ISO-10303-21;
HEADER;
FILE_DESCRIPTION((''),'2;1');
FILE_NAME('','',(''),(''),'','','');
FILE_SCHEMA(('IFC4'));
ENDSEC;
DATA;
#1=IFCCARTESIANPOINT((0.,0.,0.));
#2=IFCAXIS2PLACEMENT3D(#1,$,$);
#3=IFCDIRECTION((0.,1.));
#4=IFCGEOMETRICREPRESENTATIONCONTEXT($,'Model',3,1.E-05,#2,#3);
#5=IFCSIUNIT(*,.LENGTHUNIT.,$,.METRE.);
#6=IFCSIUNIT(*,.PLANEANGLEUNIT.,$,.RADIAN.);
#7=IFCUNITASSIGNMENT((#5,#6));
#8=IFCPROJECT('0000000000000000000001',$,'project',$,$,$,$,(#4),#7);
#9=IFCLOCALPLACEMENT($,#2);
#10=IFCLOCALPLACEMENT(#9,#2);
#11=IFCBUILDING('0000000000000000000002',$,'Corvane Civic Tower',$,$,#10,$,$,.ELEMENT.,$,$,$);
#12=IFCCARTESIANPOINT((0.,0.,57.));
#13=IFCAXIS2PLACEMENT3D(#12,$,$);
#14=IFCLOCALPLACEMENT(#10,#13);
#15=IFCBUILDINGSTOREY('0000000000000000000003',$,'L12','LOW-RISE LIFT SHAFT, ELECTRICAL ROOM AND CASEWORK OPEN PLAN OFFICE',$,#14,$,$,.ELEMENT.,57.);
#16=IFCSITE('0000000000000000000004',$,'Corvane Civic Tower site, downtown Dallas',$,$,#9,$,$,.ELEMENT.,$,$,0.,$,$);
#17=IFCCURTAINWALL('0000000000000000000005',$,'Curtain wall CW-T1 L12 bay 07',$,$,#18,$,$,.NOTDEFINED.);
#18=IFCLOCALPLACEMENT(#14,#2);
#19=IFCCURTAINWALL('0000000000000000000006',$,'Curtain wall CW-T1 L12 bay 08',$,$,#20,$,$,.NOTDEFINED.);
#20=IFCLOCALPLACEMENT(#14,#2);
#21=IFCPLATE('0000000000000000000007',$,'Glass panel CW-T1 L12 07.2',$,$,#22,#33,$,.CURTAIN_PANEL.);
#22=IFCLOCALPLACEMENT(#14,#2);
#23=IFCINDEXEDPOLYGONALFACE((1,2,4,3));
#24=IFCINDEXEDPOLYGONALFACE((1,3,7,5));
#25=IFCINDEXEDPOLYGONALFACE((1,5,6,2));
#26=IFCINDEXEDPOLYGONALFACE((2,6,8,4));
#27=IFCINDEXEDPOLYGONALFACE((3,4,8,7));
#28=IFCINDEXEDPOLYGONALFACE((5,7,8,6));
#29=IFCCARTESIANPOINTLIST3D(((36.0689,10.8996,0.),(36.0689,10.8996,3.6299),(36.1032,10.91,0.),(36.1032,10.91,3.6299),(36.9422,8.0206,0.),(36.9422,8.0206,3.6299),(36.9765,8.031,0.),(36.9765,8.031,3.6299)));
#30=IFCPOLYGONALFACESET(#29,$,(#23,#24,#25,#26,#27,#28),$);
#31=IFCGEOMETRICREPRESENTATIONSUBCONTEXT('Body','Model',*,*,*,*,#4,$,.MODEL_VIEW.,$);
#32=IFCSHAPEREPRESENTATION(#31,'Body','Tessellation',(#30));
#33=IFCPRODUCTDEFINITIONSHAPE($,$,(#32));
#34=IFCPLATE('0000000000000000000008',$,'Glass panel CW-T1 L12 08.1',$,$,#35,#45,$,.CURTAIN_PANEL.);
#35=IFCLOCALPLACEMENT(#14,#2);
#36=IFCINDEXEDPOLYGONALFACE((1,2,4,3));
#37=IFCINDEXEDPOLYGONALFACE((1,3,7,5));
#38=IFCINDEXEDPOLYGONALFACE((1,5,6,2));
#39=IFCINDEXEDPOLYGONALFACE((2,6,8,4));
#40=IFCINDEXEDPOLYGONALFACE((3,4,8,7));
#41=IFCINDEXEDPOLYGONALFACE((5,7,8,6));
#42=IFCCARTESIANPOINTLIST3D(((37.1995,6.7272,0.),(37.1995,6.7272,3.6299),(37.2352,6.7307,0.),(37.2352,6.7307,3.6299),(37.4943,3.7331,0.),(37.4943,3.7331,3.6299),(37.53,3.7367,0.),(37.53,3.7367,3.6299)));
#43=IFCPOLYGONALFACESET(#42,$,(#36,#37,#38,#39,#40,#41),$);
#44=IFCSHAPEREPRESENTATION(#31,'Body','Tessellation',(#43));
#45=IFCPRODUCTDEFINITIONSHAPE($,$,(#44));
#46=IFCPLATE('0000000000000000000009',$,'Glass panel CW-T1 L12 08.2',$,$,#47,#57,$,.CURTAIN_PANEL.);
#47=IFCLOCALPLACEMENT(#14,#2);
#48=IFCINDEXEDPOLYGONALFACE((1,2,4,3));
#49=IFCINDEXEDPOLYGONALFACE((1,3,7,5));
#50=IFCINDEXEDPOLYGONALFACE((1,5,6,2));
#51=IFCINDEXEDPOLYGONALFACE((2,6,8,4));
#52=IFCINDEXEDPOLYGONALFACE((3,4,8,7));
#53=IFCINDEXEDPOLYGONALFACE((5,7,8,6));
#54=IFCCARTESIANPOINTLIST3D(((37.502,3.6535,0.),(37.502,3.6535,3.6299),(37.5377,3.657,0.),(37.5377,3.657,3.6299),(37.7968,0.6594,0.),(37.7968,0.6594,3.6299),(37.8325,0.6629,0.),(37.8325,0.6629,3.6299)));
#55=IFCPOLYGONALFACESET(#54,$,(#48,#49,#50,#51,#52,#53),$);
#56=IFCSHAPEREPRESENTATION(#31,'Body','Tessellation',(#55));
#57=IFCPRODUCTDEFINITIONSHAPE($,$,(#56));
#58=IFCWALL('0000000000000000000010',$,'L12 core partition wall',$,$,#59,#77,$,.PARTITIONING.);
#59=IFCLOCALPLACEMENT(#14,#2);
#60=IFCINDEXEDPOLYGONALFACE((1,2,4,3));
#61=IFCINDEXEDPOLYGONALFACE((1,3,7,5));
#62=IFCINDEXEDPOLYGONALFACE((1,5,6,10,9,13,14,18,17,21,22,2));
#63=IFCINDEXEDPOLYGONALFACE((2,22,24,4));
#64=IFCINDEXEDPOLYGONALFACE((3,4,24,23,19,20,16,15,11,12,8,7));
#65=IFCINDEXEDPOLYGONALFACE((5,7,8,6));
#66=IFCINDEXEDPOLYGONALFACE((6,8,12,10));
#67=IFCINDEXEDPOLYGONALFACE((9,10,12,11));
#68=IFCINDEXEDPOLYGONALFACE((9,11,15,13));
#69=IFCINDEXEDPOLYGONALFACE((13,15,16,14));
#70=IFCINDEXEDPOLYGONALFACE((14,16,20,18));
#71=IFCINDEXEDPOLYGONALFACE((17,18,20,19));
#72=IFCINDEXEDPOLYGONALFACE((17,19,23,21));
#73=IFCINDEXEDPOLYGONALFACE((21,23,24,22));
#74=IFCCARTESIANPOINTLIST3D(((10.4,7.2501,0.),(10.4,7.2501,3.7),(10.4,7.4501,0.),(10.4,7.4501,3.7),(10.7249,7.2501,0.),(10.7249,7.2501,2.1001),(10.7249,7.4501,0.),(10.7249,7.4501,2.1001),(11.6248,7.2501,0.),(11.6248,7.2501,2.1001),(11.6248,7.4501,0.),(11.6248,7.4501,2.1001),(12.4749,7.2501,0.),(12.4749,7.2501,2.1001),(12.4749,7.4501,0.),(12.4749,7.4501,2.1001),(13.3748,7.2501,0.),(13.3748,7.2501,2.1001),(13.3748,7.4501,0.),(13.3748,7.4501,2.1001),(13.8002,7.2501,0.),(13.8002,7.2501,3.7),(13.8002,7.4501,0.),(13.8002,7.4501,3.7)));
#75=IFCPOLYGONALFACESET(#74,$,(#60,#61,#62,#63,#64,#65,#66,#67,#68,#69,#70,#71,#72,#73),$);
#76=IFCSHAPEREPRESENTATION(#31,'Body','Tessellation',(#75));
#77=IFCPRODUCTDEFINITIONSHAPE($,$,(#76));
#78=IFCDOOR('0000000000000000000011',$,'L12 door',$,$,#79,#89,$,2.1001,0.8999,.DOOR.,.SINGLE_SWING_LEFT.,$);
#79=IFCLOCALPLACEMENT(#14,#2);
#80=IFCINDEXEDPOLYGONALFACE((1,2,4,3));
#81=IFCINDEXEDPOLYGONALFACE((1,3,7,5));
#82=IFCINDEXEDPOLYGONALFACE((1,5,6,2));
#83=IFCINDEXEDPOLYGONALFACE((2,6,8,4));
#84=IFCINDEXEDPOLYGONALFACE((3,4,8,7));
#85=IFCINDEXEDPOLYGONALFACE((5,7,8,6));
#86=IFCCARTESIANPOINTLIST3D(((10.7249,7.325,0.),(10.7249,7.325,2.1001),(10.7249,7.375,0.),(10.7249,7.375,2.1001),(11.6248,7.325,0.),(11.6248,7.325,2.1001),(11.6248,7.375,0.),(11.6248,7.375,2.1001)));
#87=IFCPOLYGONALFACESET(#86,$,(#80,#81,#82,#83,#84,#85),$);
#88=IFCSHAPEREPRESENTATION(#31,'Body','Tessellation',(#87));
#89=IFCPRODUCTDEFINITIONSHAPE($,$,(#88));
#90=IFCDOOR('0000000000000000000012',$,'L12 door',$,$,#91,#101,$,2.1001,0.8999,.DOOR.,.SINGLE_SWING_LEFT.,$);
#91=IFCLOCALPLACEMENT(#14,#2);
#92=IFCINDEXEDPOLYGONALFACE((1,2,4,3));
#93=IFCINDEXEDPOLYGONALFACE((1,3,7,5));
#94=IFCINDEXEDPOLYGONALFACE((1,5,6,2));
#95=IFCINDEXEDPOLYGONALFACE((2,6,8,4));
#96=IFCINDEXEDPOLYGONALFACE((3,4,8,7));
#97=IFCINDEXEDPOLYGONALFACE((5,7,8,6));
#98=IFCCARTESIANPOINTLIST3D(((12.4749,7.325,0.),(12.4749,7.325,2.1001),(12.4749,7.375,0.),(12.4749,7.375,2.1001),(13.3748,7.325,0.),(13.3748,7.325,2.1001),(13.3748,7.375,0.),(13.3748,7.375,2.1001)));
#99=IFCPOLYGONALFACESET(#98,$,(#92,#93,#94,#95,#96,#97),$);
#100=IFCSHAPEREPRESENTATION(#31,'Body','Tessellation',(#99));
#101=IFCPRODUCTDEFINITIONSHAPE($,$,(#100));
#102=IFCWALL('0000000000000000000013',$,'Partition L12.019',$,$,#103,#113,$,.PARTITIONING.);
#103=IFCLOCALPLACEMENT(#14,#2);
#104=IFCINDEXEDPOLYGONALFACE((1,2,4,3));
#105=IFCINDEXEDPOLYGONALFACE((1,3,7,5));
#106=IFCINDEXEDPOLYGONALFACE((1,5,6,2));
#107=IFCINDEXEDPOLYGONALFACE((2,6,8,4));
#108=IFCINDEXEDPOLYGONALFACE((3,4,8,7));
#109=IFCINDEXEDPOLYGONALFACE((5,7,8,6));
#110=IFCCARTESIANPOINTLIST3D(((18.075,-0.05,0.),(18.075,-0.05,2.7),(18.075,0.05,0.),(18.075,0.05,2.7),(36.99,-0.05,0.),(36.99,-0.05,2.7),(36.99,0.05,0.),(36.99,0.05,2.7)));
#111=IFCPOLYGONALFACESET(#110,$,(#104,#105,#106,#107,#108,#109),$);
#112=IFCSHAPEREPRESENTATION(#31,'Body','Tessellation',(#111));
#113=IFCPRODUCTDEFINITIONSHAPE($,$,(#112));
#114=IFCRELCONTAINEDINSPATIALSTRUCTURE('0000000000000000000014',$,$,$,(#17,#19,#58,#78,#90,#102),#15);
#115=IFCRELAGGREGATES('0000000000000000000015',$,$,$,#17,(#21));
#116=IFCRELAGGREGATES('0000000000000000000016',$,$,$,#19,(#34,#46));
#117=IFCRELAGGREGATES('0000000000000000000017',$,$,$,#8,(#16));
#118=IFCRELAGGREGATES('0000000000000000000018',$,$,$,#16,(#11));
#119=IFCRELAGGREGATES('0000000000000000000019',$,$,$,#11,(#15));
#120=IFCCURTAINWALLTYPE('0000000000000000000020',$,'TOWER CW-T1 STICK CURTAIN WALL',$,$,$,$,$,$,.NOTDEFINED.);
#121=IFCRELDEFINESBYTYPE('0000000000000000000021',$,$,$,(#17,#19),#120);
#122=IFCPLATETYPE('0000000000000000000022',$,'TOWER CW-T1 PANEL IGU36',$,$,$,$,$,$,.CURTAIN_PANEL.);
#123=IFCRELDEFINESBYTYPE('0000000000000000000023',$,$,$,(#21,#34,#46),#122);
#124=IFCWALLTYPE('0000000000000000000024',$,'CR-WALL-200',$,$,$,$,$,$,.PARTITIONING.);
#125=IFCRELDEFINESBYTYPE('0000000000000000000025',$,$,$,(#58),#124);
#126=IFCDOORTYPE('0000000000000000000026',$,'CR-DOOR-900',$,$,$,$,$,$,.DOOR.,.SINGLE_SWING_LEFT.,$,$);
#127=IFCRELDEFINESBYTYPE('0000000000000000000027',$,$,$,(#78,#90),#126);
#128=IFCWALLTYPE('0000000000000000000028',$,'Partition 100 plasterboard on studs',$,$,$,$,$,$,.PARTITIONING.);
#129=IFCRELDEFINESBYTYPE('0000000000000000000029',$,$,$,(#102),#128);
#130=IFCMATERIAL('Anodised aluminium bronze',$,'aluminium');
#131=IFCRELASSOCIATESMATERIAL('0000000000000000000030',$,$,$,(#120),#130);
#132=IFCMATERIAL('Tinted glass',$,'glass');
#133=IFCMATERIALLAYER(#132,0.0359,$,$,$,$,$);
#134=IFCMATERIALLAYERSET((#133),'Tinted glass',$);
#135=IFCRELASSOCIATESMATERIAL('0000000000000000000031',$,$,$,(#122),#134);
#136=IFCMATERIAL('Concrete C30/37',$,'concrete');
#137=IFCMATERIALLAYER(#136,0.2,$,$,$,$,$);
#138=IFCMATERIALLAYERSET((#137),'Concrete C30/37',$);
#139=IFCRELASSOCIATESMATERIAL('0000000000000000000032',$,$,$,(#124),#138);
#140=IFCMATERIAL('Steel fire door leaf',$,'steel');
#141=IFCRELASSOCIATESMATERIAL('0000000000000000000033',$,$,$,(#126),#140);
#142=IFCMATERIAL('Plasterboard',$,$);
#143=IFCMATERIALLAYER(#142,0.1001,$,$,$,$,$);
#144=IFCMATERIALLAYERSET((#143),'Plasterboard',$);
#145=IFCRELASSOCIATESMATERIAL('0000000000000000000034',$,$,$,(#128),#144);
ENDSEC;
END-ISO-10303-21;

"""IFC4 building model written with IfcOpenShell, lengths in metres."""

from ifc_helpers import new_model, si_unit, direction, frame, frame_2d, origin, origin_2d, place, context, subcontext, project, spatial, rectangle, extrude, material, layer, layer_set, type_object, element, fill, aggregate, save


model = new_model("IFC4")

# Units and contexts
model_context = context("Model", 3, precision=1e-05, world=origin(), true_north=direction((0.0, 1.0)))
body_context = subcontext(model_context, "Body", "Model", "MODEL_VIEW")
ifc_project = project(units=[si_unit("LENGTHUNIT", "METRE"), si_unit("PLANEANGLEUNIT", "RADIAN")], contexts=[model_context])

# Site, building, storey
site_placement = place(None, origin())
site = spatial("IfcSite", under=ifc_project, at=site_placement, Name="Corvane Civic Tower site, downtown Dallas", CompositionType="ELEMENT", RefElevation=0.0)
building_placement = place(site_placement, origin())
building = spatial("IfcBuilding", under=site, at=building_placement, Name="Corvane Civic Tower", CompositionType="ELEMENT")
storey_placement = place(building_placement, frame((0.0, 0.0, 57.0)))
storey = spatial("IfcBuildingStorey", under=building, at=storey_placement, Name="L12", Description="LOW-RISE LIFT SHAFT, ELECTRICAL ROOM AND CASEWORK OPEN PLAN OFFICE", CompositionType="ELEMENT", Elevation=57.0)

# Curtain walls
ifc_material_1 = material(Name="Anodised aluminium bronze", Category="aluminium")
curtain_wall_type = type_object("IfcCurtainWallType", Name="TOWER CW-T1 STICK CURTAIN WALL", PredefinedType="NOTDEFINED", material=ifc_material_1)
curtain_wall_1_placement = place(storey_placement, origin())
curtain_wall_1 = element("IfcCurtainWall", 1, at=curtain_wall_1_placement, inside=storey, type_object=curtain_wall_type, Name="Curtain wall CW-T1 L12 bay 07", PredefinedType="NOTDEFINED")
curtain_wall_2_placement = place(storey_placement, origin())
curtain_wall_2 = element("IfcCurtainWall", 2, at=curtain_wall_2_placement, inside=storey, type_object=curtain_wall_type, Name="Curtain wall CW-T1 L12 bay 08", PredefinedType="NOTDEFINED")

# Plates
ifc_material_2 = material(Name="Tinted glass", Category="glass")
ifc_layer_1 = layer(ifc_material_2, 0.0359)
ifc_layer_set_1 = layer_set([ifc_layer_1], Name="Tinted glass")
plate_type = type_object("IfcPlateType", Name="TOWER CW-T1 PANEL IGU36", PredefinedType="CURTAIN_PANEL", material=ifc_layer_set_1)
plate_1_placement = place(storey_placement, frame((36.5227, 9.4653, 0.0), z_axis=(0.0, 0.0, 1.0), x_axis=(0.290278, -0.956942, 0.0)))
plate_1 = element("IfcPlate", 3, at=plate_1_placement, type_object=plate_type, Name="Glass panel CW-T1 L12 07.2", PredefinedType="CURTAIN_PANEL", context=body_context, shape_type="SweptSolid", body=[
    extrude(rectangle(XDim=3.0085, YDim=0.0359, at=origin_2d()), origin(), (0.0, 0.0, 1.0), 3.6299),
])
aggregate(curtain_wall_1, [plate_1])
plate_2_placement = place(storey_placement, frame((37.3647, 5.2319, 0.0), z_axis=(0.0, 0.0, 1.0), x_axis=(0.098006, -0.995186, 0.0)))
plate_2 = element("IfcPlate", 4, at=plate_2_placement, type_object=plate_type, Name="Glass panel CW-T1 L12 08.1", PredefinedType="CURTAIN_PANEL", context=body_context, shape_type="SweptSolid", body=[
    extrude(rectangle(XDim=3.0085, YDim=0.0359, at=origin_2d()), origin(), (0.0, 0.0, 1.0), 3.6299),
])
plate_3_placement = place(storey_placement, frame((37.6672, 2.1582, 0.0), z_axis=(0.0, 0.0, 1.0), x_axis=(0.098006, -0.995186, 0.0)))
plate_3 = element("IfcPlate", 5, at=plate_3_placement, type_object=plate_type, Name="Glass panel CW-T1 L12 08.2", PredefinedType="CURTAIN_PANEL", context=body_context, shape_type="SweptSolid", body=[
    extrude(rectangle(XDim=3.0085, YDim=0.0359, at=origin_2d()), origin(), (0.0, 0.0, 1.0), 3.6299),
])
aggregate(curtain_wall_2, [plate_2, plate_3])

# Wall, openings, doors
ifc_material_3 = material(Name="Concrete C30/37", Category="concrete")
ifc_layer_2 = layer(ifc_material_3, 0.2)
ifc_layer_set_2 = layer_set([ifc_layer_2], Name="Concrete C30/37")
wall_type_1 = type_object("IfcWallType", Name="CR-WALL-200", PredefinedType="PARTITIONING", material=ifc_layer_set_2)
wall_1_placement = place(storey_placement, frame((10.3999, 7.3501, 0.0), z_axis=(0.0, 0.0, 1.0), x_axis=(1.0, 0.0, 0.0)))
wall_1 = element("IfcWall", 6, at=wall_1_placement, inside=storey, type_object=wall_type_1, Name="L12 core partition wall", PredefinedType="PARTITIONING", context=body_context, shape_type="SweptSolid", body=[
    extrude(rectangle(XDim=3.4001, YDim=0.2, at=frame_2d((1.7002, 0.0))), origin(), (0.0, 0.0, 1.0), 3.7),
])
opening_1_placement = place(wall_1_placement, frame((0.325, 0.0, 0.0)))
opening_1 = element("IfcOpeningElement", 7, at=opening_1_placement, cuts=wall_1, PredefinedType="OPENING", context=body_context, shape_type="SweptSolid", body=[
    extrude(rectangle(XDim=0.8999, YDim=2.1001, at=frame_2d((0.45, 1.05))), frame((0.0, 0.1099, 0.0), z_axis=(0.0, -1.0, 0.0), x_axis=(1.0, 0.0, 0.0)), (0.0, 0.0, 1.0), 0.22),
])
opening_2_placement = place(wall_1_placement, frame((2.075, 0.0, 0.0)))
opening_2 = element("IfcOpeningElement", 8, at=opening_2_placement, cuts=wall_1, PredefinedType="OPENING", context=body_context, shape_type="SweptSolid", body=[
    extrude(rectangle(XDim=0.8999, YDim=2.1001, at=frame_2d((0.45, 1.05))), frame((0.0, 0.1099, 0.0), z_axis=(0.0, -1.0, 0.0), x_axis=(1.0, 0.0, 0.0)), (0.0, 0.0, 1.0), 0.22),
])
ifc_material_4 = material(Name="Steel fire door leaf", Category="steel")
door_type = type_object("IfcDoorType", Name="CR-DOOR-900", OperationType="SINGLE_SWING_LEFT", PredefinedType="DOOR", material=ifc_material_4)
door_1_placement = place(opening_1_placement, origin())
door_1 = element("IfcDoor", 9, at=door_1_placement, inside=storey, type_object=door_type, Name="L12 door", OperationType="SINGLE_SWING_LEFT", OverallHeight=2.1001, OverallWidth=0.8999, PredefinedType="DOOR", context=body_context, shape_type="SweptSolid", body=[
    extrude(rectangle(XDim=0.8999, YDim=2.1001, at=frame_2d((0.45, 1.05))), frame((0.0, 0.0249, 0.0), z_axis=(0.0, -1.0, 0.0), x_axis=(1.0, 0.0, 0.0)), (0.0, 0.0, 1.0), 0.05),
])
fill(opening_1, door_1)
door_2_placement = place(opening_2_placement, origin())
door_2 = element("IfcDoor", 10, at=door_2_placement, inside=storey, type_object=door_type, Name="L12 door", OperationType="SINGLE_SWING_LEFT", OverallHeight=2.1001, OverallWidth=0.8999, PredefinedType="DOOR", context=body_context, shape_type="SweptSolid", body=[
    extrude(rectangle(XDim=0.8999, YDim=2.1001, at=frame_2d((0.45, 1.05))), frame((0.0, 0.0249, 0.0), z_axis=(0.0, -1.0, 0.0), x_axis=(1.0, 0.0, 0.0)), (0.0, 0.0, 1.0), 0.05),
])
fill(opening_2, door_2)

# Wall
ifc_material_5 = material(Name="Plasterboard")
ifc_layer_3 = layer(ifc_material_5, 0.1001)
ifc_layer_set_3 = layer_set([ifc_layer_3], Name="Plasterboard")
wall_type_2 = type_object("IfcWallType", Name="Partition 100 plasterboard on studs", PredefinedType="PARTITIONING", material=ifc_layer_set_3)
wall_2_placement = place(storey_placement, frame((18.075, 0.0, 0.0), z_axis=(0.0, 0.0, 1.0), x_axis=(1.0, 0.0, 0.0)))
element("IfcWall", 11, at=wall_2_placement, inside=storey, type_object=wall_type_2, Name="Partition L12.019", PredefinedType="PARTITIONING", context=body_context, shape_type="SweptSolid", body=[
    extrude(rectangle(XDim=18.915, YDim=0.1001, at=frame_2d((9.4575, 0.0))), origin(), (0.0, 0.0, 1.0), 2.7),
])

save(model, "model.ifc")
